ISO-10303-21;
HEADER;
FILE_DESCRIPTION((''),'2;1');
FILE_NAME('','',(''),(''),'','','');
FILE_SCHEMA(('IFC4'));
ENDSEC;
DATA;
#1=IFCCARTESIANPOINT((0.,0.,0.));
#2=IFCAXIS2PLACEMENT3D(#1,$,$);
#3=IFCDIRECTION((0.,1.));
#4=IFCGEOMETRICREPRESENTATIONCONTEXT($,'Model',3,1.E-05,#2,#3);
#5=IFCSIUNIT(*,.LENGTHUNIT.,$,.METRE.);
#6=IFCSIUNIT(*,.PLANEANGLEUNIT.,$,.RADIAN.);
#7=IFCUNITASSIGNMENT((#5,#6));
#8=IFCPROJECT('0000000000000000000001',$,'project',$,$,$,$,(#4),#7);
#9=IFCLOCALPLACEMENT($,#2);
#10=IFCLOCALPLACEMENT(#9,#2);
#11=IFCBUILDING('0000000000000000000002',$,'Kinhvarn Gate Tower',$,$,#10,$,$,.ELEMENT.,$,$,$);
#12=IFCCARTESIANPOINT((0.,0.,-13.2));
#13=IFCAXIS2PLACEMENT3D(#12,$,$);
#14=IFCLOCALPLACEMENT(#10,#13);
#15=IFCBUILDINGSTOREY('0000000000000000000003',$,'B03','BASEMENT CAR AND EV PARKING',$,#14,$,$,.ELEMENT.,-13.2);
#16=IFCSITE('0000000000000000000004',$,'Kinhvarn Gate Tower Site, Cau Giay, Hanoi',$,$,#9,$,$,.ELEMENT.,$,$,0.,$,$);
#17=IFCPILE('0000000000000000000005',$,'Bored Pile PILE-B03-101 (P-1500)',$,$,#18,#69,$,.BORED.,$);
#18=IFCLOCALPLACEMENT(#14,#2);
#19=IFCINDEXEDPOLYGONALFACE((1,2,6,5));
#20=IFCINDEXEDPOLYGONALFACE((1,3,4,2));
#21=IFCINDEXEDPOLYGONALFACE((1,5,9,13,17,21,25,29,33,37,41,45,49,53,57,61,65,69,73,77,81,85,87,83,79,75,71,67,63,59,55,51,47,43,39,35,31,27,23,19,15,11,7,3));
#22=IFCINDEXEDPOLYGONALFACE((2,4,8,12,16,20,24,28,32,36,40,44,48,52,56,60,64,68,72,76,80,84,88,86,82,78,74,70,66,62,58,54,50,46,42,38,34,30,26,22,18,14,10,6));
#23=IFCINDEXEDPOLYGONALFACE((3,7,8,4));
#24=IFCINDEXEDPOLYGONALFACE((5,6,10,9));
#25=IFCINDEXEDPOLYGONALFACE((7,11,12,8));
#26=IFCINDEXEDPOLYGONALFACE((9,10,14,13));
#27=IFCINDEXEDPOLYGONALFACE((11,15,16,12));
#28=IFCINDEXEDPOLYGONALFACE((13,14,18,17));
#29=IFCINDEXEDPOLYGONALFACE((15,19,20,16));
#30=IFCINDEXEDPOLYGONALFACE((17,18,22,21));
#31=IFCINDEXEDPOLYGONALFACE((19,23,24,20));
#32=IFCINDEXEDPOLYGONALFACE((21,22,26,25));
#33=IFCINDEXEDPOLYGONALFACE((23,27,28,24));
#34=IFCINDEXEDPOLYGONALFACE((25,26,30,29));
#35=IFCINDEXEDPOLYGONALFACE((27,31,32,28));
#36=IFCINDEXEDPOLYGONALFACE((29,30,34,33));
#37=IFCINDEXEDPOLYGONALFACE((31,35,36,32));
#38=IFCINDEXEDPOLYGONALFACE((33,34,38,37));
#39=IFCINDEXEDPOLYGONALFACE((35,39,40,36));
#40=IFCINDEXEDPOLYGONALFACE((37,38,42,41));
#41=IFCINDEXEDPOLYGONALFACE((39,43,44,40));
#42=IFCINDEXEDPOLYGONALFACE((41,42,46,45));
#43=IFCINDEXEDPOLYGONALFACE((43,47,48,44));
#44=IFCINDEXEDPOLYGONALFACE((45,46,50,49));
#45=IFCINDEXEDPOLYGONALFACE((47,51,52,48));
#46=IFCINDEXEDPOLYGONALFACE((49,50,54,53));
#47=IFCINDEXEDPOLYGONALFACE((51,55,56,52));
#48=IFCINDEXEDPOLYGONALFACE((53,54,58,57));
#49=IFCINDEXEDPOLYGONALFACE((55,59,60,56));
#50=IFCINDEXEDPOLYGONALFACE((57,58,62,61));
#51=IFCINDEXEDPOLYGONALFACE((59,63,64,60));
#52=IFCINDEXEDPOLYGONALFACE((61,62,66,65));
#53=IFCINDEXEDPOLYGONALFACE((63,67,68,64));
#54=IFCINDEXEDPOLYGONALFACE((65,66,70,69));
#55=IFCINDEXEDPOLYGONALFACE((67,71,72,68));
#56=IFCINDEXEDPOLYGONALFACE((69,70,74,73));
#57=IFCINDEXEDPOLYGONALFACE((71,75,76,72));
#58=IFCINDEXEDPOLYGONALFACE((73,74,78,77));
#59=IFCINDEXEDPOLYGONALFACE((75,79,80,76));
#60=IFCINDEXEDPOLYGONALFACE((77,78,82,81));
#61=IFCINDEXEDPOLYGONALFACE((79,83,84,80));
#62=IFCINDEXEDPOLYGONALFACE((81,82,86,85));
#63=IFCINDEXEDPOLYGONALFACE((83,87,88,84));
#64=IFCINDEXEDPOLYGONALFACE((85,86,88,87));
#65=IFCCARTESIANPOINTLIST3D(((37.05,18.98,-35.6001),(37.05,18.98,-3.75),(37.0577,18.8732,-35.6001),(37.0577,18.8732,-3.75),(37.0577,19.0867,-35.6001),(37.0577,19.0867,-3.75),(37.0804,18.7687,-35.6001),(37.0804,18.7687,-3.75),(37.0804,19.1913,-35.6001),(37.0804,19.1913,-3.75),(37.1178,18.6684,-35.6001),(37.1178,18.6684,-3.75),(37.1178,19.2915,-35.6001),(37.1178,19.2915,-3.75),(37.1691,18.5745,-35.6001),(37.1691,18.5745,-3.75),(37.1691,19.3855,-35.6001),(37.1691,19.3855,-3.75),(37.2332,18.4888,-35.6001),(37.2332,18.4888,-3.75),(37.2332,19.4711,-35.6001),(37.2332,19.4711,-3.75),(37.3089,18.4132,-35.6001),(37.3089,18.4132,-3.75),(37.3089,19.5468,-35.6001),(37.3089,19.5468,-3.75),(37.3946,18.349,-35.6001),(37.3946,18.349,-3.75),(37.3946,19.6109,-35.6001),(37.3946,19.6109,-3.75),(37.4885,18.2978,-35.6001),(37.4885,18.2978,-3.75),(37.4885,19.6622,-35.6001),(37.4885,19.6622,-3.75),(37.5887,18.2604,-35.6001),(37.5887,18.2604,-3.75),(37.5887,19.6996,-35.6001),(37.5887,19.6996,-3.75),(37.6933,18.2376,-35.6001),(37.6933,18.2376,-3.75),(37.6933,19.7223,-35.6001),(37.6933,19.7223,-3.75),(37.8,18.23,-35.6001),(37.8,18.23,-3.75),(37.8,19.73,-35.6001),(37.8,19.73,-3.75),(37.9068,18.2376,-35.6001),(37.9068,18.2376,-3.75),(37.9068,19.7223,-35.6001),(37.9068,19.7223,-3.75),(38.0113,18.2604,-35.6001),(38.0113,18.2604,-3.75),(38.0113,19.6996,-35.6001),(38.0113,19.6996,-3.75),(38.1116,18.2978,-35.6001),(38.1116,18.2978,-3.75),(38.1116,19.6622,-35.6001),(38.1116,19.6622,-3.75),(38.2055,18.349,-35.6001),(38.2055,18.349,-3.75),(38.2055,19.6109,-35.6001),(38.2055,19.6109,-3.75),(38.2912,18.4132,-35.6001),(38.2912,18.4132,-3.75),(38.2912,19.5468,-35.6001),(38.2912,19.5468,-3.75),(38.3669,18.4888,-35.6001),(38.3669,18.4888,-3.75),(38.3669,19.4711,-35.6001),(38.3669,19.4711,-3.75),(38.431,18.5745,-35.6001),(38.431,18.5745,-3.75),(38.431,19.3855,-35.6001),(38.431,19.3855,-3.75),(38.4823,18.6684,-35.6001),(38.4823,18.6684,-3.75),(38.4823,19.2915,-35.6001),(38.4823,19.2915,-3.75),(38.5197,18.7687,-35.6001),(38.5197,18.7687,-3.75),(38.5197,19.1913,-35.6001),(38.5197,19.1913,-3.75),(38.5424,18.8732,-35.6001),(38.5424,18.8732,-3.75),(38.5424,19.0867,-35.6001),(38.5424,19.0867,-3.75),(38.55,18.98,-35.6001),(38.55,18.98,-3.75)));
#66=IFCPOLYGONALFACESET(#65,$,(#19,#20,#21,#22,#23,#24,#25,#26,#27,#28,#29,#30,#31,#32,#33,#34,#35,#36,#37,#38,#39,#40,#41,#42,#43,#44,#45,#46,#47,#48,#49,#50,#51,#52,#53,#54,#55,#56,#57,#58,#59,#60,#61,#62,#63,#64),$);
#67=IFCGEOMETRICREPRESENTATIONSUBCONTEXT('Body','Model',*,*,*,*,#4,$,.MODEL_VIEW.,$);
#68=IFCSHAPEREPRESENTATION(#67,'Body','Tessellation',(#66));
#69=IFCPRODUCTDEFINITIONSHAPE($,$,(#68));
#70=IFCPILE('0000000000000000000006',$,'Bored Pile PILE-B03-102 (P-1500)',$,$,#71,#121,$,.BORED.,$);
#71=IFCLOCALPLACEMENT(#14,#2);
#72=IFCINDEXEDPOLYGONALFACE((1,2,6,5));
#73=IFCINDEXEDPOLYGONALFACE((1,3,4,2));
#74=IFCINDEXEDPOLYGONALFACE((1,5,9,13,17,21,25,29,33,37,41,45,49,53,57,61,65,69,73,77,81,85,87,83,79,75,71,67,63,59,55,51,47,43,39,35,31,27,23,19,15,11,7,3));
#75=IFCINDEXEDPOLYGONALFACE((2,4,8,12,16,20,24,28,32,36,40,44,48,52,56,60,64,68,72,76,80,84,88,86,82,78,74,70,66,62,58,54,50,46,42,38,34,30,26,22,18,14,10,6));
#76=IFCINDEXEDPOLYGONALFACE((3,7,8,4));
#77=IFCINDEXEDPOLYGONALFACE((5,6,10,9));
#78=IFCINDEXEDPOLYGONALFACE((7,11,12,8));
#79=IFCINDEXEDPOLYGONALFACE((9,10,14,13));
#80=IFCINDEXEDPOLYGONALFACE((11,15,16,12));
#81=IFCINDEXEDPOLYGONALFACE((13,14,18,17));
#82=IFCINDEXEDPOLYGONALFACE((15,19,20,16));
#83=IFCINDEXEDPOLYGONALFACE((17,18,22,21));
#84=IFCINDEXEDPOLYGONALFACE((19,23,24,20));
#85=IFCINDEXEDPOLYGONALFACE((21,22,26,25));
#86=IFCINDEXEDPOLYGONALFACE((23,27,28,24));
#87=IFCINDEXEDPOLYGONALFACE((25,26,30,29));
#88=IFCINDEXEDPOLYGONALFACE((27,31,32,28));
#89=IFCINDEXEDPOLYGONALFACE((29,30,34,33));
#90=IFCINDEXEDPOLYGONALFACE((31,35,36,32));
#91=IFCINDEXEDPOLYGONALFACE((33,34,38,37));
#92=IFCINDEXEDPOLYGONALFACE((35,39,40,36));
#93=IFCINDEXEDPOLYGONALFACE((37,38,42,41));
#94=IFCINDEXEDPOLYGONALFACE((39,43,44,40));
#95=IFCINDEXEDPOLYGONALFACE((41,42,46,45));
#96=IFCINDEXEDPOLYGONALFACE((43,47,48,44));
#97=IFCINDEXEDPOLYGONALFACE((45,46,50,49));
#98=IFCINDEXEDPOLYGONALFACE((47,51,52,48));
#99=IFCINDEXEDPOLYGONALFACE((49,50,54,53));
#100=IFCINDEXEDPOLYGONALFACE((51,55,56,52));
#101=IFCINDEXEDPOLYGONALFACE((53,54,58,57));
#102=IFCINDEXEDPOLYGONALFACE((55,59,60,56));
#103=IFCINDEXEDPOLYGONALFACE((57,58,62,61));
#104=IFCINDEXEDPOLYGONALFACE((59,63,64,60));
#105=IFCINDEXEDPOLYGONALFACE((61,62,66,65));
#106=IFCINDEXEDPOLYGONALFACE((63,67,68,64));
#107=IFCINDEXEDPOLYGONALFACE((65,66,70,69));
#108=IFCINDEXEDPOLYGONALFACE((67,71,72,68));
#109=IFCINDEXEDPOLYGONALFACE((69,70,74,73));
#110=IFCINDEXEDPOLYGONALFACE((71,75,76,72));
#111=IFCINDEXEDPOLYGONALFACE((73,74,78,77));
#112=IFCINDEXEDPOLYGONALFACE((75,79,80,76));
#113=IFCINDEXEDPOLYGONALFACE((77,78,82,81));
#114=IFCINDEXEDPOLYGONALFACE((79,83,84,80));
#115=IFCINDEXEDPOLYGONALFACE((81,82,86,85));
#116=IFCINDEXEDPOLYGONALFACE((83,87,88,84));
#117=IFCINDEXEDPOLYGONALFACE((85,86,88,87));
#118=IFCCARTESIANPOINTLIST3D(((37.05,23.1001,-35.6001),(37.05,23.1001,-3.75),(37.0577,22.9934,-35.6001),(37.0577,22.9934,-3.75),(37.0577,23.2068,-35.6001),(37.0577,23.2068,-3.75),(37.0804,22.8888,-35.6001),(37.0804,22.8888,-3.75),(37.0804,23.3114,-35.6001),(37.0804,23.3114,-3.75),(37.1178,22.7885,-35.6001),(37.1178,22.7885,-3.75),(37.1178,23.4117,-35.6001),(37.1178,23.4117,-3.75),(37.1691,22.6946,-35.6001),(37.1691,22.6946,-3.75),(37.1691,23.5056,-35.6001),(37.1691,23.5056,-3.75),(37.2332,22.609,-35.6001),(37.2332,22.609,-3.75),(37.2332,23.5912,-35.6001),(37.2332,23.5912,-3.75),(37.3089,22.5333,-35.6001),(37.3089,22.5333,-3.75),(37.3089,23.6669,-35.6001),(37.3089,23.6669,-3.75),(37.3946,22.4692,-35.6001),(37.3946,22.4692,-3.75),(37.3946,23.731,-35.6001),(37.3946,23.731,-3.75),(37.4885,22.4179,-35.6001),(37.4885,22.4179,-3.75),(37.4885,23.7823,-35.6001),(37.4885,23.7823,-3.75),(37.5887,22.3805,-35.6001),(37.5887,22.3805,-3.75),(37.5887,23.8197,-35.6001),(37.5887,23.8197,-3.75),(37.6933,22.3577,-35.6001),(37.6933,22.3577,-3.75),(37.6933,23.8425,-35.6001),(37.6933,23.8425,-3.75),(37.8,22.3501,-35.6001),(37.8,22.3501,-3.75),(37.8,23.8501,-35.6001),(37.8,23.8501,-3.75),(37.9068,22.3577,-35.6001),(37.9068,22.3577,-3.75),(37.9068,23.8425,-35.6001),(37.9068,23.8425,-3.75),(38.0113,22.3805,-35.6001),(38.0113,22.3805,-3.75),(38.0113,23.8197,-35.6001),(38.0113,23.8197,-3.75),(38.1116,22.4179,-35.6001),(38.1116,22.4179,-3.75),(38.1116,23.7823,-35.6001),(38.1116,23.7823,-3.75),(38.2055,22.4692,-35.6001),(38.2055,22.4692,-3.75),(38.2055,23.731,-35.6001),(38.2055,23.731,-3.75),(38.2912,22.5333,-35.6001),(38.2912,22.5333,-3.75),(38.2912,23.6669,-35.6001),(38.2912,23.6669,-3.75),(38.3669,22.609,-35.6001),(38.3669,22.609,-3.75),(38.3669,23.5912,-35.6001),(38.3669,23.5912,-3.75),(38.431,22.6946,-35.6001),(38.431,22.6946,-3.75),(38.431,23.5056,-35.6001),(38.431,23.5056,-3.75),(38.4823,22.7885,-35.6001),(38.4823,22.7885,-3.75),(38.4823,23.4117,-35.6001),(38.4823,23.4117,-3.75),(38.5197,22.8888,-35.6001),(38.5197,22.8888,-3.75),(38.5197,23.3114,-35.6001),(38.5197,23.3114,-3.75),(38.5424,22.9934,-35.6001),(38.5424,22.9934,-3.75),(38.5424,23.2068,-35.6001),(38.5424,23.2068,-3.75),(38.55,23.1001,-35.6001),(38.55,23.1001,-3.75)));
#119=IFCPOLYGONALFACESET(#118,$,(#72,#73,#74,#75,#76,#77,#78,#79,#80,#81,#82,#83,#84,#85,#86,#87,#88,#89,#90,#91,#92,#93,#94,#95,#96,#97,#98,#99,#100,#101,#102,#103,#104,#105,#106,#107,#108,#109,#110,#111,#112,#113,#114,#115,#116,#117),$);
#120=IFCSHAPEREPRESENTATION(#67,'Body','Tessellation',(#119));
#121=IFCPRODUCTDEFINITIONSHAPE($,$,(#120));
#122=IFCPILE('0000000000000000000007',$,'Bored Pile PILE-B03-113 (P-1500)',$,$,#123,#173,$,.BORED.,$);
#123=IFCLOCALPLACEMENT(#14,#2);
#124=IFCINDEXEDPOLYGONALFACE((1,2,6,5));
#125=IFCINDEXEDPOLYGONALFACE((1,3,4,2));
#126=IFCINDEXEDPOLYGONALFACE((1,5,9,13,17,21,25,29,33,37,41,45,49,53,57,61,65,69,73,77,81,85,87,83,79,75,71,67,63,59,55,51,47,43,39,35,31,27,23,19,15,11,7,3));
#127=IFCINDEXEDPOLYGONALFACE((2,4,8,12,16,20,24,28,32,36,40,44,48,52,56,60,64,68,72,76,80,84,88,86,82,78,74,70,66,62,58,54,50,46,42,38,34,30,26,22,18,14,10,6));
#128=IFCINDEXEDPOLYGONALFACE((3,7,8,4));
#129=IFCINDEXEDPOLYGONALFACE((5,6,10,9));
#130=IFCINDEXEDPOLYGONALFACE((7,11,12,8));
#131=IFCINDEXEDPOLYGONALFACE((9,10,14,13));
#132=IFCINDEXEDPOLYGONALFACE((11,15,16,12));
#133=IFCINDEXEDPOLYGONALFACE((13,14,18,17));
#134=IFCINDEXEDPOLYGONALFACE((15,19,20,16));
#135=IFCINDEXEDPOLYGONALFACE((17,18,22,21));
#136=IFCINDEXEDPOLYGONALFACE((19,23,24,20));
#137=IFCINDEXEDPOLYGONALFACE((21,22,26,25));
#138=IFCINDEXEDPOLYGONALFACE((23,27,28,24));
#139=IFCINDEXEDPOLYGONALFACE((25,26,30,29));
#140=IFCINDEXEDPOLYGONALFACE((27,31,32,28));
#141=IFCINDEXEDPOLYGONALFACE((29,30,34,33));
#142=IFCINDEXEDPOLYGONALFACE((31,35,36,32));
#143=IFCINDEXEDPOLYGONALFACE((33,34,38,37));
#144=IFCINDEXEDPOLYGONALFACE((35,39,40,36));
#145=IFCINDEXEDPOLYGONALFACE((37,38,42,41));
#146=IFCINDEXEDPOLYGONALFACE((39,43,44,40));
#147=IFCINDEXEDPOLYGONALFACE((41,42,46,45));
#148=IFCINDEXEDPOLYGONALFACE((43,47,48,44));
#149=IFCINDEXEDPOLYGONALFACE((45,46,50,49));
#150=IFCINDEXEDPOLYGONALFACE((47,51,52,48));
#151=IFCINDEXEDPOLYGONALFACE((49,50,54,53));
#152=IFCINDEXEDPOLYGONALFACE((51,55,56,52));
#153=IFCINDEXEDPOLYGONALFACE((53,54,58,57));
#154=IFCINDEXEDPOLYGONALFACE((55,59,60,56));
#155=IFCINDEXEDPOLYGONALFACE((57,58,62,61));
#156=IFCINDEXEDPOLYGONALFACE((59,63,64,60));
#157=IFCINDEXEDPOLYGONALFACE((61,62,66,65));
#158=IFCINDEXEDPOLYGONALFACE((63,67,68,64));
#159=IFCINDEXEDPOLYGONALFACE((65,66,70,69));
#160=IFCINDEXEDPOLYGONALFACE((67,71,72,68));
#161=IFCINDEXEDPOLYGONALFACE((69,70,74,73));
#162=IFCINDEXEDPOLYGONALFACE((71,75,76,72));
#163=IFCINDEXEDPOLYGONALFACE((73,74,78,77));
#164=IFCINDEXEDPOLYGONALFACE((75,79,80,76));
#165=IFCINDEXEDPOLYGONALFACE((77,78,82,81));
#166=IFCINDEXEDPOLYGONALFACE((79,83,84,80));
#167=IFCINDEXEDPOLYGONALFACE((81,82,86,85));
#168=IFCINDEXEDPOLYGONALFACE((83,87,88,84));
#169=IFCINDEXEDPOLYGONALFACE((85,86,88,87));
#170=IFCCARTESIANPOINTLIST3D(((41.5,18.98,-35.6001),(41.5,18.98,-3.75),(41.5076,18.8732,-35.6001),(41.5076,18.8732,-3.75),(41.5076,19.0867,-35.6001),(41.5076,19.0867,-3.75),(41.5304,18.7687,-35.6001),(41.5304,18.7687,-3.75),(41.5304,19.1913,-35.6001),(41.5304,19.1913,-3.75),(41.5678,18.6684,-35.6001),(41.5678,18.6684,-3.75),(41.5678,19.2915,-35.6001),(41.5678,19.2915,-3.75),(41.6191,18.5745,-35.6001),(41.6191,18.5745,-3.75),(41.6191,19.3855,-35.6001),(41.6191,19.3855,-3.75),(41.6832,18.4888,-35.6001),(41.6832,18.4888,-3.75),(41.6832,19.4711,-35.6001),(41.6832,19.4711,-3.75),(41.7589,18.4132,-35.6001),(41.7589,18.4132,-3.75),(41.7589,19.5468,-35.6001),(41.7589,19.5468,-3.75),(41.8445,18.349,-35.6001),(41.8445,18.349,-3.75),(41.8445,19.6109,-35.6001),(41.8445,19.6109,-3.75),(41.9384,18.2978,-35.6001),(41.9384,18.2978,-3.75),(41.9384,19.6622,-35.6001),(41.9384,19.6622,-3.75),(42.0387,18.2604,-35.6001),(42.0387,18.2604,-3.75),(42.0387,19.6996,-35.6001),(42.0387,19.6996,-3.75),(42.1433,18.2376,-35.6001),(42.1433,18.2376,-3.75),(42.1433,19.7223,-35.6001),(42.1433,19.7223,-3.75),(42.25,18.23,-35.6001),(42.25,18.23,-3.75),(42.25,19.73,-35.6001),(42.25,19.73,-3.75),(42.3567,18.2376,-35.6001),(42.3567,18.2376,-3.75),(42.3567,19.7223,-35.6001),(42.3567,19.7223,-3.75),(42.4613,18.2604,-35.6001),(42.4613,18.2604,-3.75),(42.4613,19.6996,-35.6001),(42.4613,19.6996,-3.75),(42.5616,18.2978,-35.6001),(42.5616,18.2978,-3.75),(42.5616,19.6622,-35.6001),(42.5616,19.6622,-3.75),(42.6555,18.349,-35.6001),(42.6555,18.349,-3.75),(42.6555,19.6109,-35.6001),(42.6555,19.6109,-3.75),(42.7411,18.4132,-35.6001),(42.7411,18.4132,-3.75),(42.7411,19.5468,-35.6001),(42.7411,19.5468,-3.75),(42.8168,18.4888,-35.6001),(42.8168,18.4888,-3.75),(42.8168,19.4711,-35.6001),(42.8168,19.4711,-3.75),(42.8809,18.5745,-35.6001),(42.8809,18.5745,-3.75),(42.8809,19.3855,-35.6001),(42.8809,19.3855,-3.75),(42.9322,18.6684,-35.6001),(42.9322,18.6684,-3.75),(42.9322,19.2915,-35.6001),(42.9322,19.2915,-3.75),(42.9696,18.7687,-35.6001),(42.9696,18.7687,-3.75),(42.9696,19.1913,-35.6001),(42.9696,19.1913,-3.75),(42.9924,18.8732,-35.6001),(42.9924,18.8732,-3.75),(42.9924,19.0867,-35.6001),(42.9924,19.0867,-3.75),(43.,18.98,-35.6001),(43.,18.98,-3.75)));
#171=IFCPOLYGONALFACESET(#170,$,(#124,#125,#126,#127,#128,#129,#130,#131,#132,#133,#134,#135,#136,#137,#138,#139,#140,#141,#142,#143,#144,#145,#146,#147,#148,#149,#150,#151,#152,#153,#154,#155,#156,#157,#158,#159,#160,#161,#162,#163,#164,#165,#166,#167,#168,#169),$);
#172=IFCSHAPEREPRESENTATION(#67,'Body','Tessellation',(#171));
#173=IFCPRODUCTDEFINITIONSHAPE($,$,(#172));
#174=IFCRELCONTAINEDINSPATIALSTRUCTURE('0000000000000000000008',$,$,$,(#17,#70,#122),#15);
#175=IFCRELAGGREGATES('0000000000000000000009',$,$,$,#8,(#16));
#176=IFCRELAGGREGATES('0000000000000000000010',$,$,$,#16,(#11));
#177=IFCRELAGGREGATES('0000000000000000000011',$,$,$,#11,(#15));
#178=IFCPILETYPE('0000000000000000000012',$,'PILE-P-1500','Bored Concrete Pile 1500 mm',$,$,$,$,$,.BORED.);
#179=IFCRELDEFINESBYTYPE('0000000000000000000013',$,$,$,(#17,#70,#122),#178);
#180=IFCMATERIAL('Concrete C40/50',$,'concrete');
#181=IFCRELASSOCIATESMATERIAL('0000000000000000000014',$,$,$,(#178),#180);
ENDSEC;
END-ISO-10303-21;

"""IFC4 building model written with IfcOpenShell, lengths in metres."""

from ifc_helpers import new_model, si_unit, direction, frame, origin, origin_2d, place, context, subcontext, project, spatial, circle, extrude, material, material_profile, profile_set, type_object, element, save


model = new_model("IFC4")

# Units and contexts
model_context = context("Model", 3, precision=1e-05, world=origin(), true_north=direction((0.0, 1.0)))
body_context = subcontext(model_context, "Body", "Model", "MODEL_VIEW")
ifc_project = project(units=[si_unit("LENGTHUNIT", "METRE"), si_unit("PLANEANGLEUNIT", "RADIAN")], contexts=[model_context])

# Site, building, storey
site_placement = place(None, origin())
site = spatial("IfcSite", under=ifc_project, at=site_placement, Name="Kinhvarn Gate Tower Site, Cau Giay, Hanoi", CompositionType="ELEMENT", RefElevation=0.0)
building_placement = place(site_placement, origin())
building = spatial("IfcBuilding", under=site, at=building_placement, Name="Kinhvarn Gate Tower", CompositionType="ELEMENT")
storey_placement = place(building_placement, frame((0.0, 0.0, -13.2)))
storey = spatial("IfcBuildingStorey", under=building, at=storey_placement, Name="B03", Description="BASEMENT CAR AND EV PARKING", CompositionType="ELEMENT", Elevation=-13.2)

# Piles
ifc_material_1 = material(Name="Concrete C40/50", Category="concrete")
ifc_material_profile_1 = material_profile(ifc_material_1, circle(Radius=0.75, at=origin_2d()), Name="PILE D1500")
ifc_profile_set_1 = profile_set([ifc_material_profile_1], Name="Concrete C40/50")
pile_type_1 = type_object("IfcPileType", Name="PILE-P-1500", Description="Bored Concrete Pile 1500 mm", PredefinedType="BORED", material=ifc_profile_set_1)
for number, where, z_axis, x_axis, name in (
    (1, (37.8, 18.98, -35.6001), (0.0, 0.0, 1.0), (1.0, 0.0, 0.0), "Bored Pile PILE-B03-101 (P-1500)"),
    (2, (37.8, 23.1001, -35.6001), (0.0, 0.0, 1.0), (1.0, 0.0, 0.0), "Bored Pile PILE-B03-102 (P-1500)"),
    (3, (42.25, 18.98, -35.6001), (0.0, 0.0, 1.0), (1.0, 0.0, 0.0), "Bored Pile PILE-B03-113 (P-1500)"),
):
    element("IfcPile", number, at=place(storey_placement, frame(where, z_axis=z_axis, x_axis=x_axis)), inside=storey, type_object=pile_type_1, Name=name, PredefinedType="BORED", context=body_context, shape_type="SweptSolid", body=[
        extrude(circle(Radius=0.75, at=origin_2d()), origin(), (0.0, 0.0, 1.0), 31.8501),
    ])

save(model, "model.ifc")
